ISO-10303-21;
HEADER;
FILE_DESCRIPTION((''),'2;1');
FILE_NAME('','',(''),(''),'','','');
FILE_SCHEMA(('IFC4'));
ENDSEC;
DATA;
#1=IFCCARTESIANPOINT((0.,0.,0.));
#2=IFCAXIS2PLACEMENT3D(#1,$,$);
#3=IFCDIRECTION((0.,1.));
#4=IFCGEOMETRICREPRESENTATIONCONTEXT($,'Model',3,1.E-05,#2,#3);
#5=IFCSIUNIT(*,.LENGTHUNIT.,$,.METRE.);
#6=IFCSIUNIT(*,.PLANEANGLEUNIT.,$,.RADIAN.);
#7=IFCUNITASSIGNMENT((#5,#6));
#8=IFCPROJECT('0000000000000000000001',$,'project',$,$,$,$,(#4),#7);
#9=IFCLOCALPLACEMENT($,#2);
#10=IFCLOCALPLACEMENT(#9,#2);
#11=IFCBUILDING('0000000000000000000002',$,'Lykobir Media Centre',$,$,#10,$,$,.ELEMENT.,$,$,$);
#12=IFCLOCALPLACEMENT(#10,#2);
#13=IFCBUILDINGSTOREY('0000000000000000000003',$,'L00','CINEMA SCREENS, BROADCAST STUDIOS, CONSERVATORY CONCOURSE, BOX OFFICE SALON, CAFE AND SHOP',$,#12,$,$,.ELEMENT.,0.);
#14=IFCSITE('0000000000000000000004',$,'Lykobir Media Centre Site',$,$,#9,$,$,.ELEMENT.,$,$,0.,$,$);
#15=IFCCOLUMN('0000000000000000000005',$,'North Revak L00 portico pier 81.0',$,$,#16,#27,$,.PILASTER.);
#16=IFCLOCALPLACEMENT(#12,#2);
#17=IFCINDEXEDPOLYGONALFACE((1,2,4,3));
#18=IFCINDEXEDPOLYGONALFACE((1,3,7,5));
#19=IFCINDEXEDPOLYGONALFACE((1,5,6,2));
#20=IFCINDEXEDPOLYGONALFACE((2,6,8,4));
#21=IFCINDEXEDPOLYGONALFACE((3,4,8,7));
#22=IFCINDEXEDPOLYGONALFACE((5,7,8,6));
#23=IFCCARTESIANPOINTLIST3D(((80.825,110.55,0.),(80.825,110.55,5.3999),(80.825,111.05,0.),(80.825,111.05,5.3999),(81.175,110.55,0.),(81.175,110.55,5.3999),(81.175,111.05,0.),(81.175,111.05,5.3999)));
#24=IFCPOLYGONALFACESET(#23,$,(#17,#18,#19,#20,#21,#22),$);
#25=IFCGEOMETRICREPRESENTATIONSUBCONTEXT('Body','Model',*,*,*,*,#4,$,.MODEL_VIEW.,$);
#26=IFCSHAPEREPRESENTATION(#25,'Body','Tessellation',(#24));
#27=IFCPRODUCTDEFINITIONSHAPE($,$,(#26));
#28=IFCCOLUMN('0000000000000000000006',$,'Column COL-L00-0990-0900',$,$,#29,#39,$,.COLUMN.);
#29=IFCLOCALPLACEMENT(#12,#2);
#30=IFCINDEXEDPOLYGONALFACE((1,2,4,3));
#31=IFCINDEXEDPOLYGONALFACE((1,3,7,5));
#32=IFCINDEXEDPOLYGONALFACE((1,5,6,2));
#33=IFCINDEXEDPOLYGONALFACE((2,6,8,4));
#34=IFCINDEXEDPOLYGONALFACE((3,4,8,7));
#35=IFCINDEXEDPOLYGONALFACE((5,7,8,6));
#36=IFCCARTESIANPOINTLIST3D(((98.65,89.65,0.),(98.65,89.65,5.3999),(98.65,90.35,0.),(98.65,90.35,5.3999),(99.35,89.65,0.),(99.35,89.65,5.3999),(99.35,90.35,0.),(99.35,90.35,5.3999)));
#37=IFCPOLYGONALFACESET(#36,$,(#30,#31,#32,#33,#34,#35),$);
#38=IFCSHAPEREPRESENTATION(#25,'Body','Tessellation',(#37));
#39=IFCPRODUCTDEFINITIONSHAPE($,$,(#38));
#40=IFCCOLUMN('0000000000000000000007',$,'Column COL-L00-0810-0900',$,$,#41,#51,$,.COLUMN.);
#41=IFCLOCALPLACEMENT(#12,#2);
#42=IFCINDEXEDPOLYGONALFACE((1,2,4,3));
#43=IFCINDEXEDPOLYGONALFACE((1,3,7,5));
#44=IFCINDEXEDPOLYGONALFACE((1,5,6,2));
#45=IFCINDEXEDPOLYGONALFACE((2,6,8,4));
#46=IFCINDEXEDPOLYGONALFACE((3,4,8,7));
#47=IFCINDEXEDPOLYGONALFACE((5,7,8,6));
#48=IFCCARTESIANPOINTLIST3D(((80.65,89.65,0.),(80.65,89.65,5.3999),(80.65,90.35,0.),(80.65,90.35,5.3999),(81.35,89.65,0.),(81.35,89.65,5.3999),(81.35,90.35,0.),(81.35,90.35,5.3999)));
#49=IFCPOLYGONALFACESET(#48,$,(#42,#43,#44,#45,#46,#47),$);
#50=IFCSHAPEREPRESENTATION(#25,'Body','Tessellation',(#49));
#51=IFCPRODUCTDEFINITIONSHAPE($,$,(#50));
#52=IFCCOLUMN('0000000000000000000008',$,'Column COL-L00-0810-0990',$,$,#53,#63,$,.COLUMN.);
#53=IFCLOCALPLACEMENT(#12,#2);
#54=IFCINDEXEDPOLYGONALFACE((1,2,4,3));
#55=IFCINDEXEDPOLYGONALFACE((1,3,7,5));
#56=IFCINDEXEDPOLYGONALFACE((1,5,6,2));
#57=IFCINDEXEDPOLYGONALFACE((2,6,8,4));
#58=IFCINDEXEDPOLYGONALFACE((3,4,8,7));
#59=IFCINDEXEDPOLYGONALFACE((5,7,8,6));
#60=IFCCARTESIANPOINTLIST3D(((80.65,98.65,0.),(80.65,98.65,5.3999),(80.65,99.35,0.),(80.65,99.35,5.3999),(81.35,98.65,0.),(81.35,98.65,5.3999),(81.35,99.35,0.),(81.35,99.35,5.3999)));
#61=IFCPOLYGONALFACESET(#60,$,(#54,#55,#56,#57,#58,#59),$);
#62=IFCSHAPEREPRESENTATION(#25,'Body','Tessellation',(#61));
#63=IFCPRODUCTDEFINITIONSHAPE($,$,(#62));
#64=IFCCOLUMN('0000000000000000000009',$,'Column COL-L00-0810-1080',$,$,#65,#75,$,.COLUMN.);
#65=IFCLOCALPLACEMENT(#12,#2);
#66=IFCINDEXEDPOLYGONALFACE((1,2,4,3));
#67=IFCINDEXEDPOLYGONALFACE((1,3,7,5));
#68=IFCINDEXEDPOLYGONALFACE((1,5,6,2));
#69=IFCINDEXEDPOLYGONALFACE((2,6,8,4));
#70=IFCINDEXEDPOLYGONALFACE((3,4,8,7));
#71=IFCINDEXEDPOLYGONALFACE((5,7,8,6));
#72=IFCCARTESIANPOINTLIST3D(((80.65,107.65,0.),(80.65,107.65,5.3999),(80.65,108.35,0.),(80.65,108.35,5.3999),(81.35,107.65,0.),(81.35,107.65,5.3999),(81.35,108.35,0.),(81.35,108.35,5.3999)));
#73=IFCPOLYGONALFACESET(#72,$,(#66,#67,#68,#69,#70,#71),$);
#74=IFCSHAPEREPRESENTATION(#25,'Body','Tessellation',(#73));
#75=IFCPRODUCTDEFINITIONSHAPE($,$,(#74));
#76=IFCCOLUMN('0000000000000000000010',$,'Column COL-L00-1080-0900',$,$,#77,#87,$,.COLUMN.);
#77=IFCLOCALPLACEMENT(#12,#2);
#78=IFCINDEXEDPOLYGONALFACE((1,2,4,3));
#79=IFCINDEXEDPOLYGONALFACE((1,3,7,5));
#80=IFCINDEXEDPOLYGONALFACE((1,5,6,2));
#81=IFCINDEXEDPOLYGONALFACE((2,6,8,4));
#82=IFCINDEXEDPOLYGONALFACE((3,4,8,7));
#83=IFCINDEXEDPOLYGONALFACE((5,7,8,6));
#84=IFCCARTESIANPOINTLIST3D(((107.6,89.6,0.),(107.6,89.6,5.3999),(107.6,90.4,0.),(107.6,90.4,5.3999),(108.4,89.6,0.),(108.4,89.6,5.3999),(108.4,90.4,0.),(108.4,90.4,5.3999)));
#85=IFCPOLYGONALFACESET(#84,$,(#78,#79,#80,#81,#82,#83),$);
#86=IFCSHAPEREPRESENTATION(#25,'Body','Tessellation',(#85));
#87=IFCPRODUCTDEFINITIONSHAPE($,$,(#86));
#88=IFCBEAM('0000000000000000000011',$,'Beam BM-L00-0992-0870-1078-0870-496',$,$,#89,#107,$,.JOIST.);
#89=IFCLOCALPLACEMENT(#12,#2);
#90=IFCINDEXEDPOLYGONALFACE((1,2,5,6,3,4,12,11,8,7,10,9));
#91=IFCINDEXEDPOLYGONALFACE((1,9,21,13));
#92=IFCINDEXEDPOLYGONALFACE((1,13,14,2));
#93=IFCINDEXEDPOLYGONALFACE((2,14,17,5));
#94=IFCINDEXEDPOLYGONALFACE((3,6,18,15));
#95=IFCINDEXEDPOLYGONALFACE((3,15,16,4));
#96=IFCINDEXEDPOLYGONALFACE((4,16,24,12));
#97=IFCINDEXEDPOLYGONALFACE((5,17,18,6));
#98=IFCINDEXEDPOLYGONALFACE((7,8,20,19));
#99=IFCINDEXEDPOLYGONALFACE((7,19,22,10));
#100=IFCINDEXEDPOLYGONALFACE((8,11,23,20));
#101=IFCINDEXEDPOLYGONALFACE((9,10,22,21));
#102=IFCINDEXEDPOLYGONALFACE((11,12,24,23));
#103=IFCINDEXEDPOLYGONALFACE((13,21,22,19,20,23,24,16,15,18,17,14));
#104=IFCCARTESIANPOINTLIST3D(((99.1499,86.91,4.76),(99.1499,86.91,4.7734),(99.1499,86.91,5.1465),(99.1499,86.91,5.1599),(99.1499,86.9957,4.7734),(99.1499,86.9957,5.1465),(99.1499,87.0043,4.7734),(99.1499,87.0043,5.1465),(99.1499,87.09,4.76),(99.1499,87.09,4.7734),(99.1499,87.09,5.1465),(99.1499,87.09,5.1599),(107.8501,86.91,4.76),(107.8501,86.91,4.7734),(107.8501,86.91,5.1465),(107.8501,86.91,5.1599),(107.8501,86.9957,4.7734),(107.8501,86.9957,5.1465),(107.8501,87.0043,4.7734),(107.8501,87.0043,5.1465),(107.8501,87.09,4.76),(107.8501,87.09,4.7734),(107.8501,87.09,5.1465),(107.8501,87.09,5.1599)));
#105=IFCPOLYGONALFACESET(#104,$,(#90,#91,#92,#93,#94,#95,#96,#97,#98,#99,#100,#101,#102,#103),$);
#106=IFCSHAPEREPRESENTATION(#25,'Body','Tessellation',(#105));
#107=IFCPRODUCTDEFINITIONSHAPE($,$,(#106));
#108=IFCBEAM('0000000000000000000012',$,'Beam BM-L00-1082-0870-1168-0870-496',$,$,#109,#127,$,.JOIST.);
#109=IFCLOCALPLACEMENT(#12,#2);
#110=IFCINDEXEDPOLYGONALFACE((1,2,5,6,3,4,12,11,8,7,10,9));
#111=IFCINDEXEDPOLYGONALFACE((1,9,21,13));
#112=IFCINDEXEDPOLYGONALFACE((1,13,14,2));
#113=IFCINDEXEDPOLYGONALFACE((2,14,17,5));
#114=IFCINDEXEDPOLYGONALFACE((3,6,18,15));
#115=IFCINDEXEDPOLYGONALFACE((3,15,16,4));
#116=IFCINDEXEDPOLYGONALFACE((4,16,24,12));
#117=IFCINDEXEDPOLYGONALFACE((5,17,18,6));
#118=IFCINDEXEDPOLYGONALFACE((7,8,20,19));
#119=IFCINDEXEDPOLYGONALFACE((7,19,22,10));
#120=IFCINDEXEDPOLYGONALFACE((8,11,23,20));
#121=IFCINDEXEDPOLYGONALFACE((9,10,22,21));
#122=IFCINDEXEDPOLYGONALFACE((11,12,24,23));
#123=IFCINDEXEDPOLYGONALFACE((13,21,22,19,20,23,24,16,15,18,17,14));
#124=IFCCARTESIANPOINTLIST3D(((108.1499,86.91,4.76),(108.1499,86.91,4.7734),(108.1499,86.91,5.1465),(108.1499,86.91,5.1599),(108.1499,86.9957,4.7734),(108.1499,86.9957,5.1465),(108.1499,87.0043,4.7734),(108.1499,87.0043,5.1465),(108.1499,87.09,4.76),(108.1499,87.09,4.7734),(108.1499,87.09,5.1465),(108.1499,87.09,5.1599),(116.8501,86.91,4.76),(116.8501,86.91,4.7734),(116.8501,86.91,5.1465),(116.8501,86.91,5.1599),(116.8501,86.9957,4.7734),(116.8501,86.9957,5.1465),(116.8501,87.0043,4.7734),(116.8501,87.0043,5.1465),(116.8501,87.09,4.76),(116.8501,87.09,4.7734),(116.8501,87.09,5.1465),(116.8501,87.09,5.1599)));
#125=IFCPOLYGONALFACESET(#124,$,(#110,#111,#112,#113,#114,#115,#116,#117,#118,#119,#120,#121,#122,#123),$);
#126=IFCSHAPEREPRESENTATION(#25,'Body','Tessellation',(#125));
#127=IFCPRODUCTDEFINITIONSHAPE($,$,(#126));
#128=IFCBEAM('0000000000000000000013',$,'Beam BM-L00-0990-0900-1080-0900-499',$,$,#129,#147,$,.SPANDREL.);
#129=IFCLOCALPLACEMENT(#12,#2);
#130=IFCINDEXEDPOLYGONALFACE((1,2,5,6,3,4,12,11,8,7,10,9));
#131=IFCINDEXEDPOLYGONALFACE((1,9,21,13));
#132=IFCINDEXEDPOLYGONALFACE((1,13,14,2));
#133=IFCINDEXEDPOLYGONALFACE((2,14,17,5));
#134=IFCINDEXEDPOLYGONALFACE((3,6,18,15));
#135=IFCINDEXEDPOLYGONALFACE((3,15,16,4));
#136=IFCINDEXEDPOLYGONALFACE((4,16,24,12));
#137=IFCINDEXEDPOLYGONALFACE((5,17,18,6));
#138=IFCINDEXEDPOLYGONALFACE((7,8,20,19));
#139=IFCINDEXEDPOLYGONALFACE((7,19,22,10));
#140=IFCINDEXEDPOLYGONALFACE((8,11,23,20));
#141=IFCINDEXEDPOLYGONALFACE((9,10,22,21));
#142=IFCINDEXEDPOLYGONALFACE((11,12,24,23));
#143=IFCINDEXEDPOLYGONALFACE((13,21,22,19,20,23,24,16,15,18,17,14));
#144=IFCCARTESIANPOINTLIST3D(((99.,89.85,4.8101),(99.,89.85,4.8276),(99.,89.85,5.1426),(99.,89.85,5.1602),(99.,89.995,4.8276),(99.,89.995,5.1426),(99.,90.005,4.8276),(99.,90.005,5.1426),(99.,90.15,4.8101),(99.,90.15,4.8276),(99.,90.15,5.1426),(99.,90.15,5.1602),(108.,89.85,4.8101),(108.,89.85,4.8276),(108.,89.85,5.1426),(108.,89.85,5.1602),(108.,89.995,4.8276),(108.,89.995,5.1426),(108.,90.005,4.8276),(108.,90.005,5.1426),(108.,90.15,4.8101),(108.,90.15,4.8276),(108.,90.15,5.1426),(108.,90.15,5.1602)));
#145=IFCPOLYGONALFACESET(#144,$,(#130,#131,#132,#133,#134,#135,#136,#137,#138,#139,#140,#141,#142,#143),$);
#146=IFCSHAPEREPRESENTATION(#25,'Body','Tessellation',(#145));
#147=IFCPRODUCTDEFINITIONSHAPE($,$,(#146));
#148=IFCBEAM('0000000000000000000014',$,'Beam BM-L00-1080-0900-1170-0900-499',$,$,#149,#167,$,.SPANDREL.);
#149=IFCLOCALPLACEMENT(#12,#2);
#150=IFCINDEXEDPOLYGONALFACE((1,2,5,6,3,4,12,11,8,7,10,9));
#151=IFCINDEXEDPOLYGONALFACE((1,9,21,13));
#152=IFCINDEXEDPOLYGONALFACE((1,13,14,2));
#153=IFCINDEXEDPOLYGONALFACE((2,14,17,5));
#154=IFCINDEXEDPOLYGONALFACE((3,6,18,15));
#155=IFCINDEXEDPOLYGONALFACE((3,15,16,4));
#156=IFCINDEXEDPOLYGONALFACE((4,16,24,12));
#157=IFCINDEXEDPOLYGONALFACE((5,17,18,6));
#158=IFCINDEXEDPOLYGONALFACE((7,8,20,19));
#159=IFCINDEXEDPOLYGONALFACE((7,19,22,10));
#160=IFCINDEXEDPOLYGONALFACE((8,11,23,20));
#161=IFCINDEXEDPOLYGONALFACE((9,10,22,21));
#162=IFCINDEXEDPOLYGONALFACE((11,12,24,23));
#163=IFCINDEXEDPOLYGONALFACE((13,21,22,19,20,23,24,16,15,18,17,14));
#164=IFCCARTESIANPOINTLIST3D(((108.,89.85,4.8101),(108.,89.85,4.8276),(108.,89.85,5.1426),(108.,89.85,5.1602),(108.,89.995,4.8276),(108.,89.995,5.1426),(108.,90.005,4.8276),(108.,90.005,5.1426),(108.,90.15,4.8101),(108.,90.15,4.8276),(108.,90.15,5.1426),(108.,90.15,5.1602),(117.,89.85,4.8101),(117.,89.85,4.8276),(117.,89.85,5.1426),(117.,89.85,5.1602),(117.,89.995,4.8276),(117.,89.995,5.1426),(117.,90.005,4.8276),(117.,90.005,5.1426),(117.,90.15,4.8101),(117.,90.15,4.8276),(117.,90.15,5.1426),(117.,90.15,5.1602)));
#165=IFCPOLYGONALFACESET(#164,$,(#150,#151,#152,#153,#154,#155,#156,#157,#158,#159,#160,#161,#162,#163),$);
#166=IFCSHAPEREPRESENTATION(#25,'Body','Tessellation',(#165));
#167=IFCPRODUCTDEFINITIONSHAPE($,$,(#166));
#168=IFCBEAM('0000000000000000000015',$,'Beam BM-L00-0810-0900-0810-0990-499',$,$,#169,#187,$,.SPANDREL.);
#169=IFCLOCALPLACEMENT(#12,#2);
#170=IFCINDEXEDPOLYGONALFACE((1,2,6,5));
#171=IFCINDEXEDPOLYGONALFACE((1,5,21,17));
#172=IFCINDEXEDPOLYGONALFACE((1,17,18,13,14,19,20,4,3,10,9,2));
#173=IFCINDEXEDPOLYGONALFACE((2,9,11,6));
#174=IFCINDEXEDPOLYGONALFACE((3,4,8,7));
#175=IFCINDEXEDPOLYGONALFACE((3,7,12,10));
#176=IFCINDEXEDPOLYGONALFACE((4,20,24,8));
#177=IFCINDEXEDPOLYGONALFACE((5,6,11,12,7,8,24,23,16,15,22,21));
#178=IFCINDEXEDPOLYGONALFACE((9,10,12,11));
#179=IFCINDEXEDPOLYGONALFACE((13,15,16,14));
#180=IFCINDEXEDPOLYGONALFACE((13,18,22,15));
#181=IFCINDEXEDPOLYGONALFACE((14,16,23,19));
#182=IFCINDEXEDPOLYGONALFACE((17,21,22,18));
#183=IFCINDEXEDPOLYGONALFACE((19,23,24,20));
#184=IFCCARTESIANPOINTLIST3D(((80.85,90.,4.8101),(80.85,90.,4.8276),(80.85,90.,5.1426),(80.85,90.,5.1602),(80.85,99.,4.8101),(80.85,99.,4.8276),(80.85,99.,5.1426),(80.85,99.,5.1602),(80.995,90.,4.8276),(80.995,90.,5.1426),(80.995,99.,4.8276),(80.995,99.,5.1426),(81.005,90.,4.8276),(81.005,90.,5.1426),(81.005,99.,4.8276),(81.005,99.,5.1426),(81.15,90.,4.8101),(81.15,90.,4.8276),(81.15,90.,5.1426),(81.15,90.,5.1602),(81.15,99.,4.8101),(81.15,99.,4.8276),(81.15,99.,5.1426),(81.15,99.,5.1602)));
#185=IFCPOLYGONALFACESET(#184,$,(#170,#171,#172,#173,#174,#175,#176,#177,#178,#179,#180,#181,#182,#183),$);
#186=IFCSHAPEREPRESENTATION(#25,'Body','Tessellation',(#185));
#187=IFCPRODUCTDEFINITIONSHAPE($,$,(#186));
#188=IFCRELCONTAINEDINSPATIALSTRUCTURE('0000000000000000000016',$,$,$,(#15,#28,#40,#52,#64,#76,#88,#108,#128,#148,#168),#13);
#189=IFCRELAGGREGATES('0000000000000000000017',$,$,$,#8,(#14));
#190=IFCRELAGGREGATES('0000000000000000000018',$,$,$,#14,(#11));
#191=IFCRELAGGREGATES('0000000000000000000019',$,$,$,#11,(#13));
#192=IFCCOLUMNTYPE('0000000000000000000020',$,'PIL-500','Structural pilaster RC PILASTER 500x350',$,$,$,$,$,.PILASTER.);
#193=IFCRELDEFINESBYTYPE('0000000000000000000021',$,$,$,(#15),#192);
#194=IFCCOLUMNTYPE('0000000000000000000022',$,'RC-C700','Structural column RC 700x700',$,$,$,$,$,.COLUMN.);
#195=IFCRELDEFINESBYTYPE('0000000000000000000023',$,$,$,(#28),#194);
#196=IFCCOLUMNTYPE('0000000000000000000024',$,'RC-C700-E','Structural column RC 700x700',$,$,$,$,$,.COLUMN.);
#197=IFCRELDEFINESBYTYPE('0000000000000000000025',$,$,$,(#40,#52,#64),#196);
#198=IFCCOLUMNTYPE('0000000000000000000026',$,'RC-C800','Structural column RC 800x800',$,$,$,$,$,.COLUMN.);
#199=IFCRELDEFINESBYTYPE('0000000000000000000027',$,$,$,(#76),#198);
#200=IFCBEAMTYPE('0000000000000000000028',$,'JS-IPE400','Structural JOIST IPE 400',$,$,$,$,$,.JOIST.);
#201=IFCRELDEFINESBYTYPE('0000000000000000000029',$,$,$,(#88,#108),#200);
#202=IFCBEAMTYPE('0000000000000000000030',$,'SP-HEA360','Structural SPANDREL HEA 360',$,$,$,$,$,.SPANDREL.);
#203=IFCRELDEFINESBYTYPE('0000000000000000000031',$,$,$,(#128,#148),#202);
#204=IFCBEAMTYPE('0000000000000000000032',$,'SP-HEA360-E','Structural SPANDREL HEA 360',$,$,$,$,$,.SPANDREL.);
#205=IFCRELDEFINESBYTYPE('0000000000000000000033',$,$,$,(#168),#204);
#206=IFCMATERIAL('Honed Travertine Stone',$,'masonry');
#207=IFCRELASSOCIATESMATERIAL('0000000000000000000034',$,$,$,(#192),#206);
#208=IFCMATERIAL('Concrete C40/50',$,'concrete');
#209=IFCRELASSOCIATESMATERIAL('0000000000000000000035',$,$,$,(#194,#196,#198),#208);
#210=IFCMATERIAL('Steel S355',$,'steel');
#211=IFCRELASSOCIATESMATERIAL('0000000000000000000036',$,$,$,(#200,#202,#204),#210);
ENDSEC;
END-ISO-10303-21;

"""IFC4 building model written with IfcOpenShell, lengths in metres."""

from ifc_helpers import new_model, si_unit, direction, frame, origin, origin_2d, place, context, subcontext, project, spatial, rectangle, i_section, extrude, material, material_profile, profile_set, type_object, element, save


model = new_model("IFC4")

# Units and contexts
model_context = context("Model", 3, precision=1e-05, world=origin(), true_north=direction((0.0, 1.0)))
body_context = subcontext(model_context, "Body", "Model", "MODEL_VIEW")
ifc_project = project(units=[si_unit("LENGTHUNIT", "METRE"), si_unit("PLANEANGLEUNIT", "RADIAN")], contexts=[model_context])

# Site, building, storey
site_placement = place(None, origin())
site = spatial("IfcSite", under=ifc_project, at=site_placement, Name="Lykobir Media Centre Site", CompositionType="ELEMENT", RefElevation=0.0)
building_placement = place(site_placement, origin())
building = spatial("IfcBuilding", under=site, at=building_placement, Name="Lykobir Media Centre", CompositionType="ELEMENT")
storey_placement = place(building_placement, origin())
storey = spatial("IfcBuildingStorey", under=building, at=storey_placement, Name="L00", Description="CINEMA SCREENS, BROADCAST STUDIOS, CONSERVATORY CONCOURSE, BOX OFFICE SALON, CAFE AND SHOP", CompositionType="ELEMENT", Elevation=0.0)

# Columns
ifc_material_1 = material(Name="Honed Travertine Stone", Category="masonry")
ifc_material_profile_1 = material_profile(ifc_material_1, rectangle(XDim=0.3501, YDim=0.5, at=origin_2d()), Name="RC PILASTER 500x350")
ifc_profile_set_1 = profile_set([ifc_material_profile_1], Name="Honed Travertine Stone")
column_type_1 = type_object("IfcColumnType", Name="PIL-500", Description="Structural pilaster RC PILASTER 500x350", PredefinedType="PILASTER", material=ifc_profile_set_1)
column_1_placement = place(storey_placement, frame((81.0, 110.8, 0.0), z_axis=(0.0, 0.0, 1.0), x_axis=(1.0, 0.0, 0.0)))
element("IfcColumn", 1, at=column_1_placement, inside=storey, type_object=column_type_1, Name="North Revak L00 portico pier 81.0", PredefinedType="PILASTER", context=body_context, shape_type="SweptSolid", body=[
    extrude(rectangle(XDim=0.3501, YDim=0.5, at=origin_2d()), origin(), (0.0, 0.0, 1.0), 5.3999),
])
ifc_material_2 = material(Name="Concrete C40/50", Category="concrete")
ifc_material_profile_2 = material_profile(ifc_material_2, rectangle(XDim=0.7, YDim=0.7, at=origin_2d()), Name="RC 700x700")
ifc_profile_set_2 = profile_set([ifc_material_profile_2], Name="Concrete C40/50")
column_type_2 = type_object("IfcColumnType", Name="RC-C700", Description="Structural column RC 700x700", PredefinedType="COLUMN", material=ifc_profile_set_2)
column_2_placement = place(storey_placement, frame((99.0, 90.0, 0.0), z_axis=(0.0, 0.0, 1.0), x_axis=(1.0, 0.0, 0.0)))
element("IfcColumn", 2, at=column_2_placement, inside=storey, type_object=column_type_2, Name="Column COL-L00-0990-0900", PredefinedType="COLUMN", context=body_context, shape_type="SweptSolid", body=[
    extrude(rectangle(XDim=0.7, YDim=0.7, at=origin_2d()), origin(), (0.0, 0.0, 1.0), 5.3999),
])
ifc_material_profile_3 = material_profile(ifc_material_2, rectangle(XDim=0.7, YDim=0.7, at=origin_2d()), Name="RC 700x700")
ifc_profile_set_3 = profile_set([ifc_material_profile_3], Name="Concrete C40/50")
column_type_3 = type_object("IfcColumnType", Name="RC-C700-E", Description="Structural column RC 700x700", PredefinedType="COLUMN", material=ifc_profile_set_3)
for number, where, z_axis, x_axis, name in (
    (3, (81.0, 90.0, 0.0), (0.0, 0.0, 1.0), (1.0, 0.0, 0.0), "Column COL-L00-0810-0900"),
    (4, (81.0, 99.0, 0.0), (0.0, 0.0, 1.0), (1.0, 0.0, 0.0), "Column COL-L00-0810-0990"),
    (5, (81.0, 108.0, 0.0), (0.0, 0.0, 1.0), (1.0, 0.0, 0.0), "Column COL-L00-0810-1080"),
):
    element("IfcColumn", number, at=place(storey_placement, frame(where, z_axis=z_axis, x_axis=x_axis)), inside=storey, type_object=column_type_3, Name=name, PredefinedType="COLUMN", context=body_context, shape_type="SweptSolid", body=[
        extrude(rectangle(XDim=0.7, YDim=0.7, at=origin_2d()), origin(), (0.0, 0.0, 1.0), 5.3999),
    ])
ifc_material_profile_4 = material_profile(ifc_material_2, rectangle(XDim=0.8, YDim=0.8, at=origin_2d()), Name="RC 800x800")
ifc_profile_set_4 = profile_set([ifc_material_profile_4], Name="Concrete C40/50")
column_type_4 = type_object("IfcColumnType", Name="RC-C800", Description="Structural column RC 800x800", PredefinedType="COLUMN", material=ifc_profile_set_4)
column_3_placement = place(storey_placement, frame((108.0, 90.0, 0.0), z_axis=(0.0, 0.0, 1.0), x_axis=(1.0, 0.0, 0.0)))
element("IfcColumn", 6, at=column_3_placement, inside=storey, type_object=column_type_4, Name="Column COL-L00-1080-0900", PredefinedType="COLUMN", context=body_context, shape_type="SweptSolid", body=[
    extrude(rectangle(XDim=0.8, YDim=0.8, at=origin_2d()), origin(), (0.0, 0.0, 1.0), 5.3999),
])

# Beams
ifc_material_3 = material(Name="Steel S355", Category="steel")
ifc_material_profile_5 = material_profile(ifc_material_3, i_section(OverallWidth=0.1799, OverallDepth=0.3999, WebThickness=0.0085, FlangeThickness=0.0134, at=origin_2d()), Name="IPE 400")
ifc_profile_set_5 = profile_set([ifc_material_profile_5], Name="Steel S355")
beam_type_1 = type_object("IfcBeamType", Name="JS-IPE400", Description="Structural JOIST IPE 400", PredefinedType="JOIST", material=ifc_profile_set_5)
for number, where, z_axis, x_axis, name in (
    (7, (99.1499, 87.0, 4.96), (1.0, 0.0, 0.0), (0.0, 1.0, 0.0), "Beam BM-L00-0992-0870-1078-0870-496"),
    (8, (108.1499, 87.0, 4.96), (1.0, 0.0, 0.0), (0.0, 1.0, 0.0), "Beam BM-L00-1082-0870-1168-0870-496"),
):
    element("IfcBeam", number, at=place(storey_placement, frame(where, z_axis=z_axis, x_axis=x_axis)), inside=storey, type_object=beam_type_1, Name=name, PredefinedType="JOIST", context=body_context, shape_type="SweptSolid", body=[
        extrude(i_section(OverallWidth=0.1799, OverallDepth=0.3999, WebThickness=0.0085, FlangeThickness=0.0134, at=origin_2d()), origin(), (0.0, 0.0, 1.0), 8.7002),
    ])
ifc_material_profile_6 = material_profile(ifc_material_3, i_section(OverallWidth=0.3, OverallDepth=0.3501, WebThickness=0.01, FlangeThickness=0.0176, at=origin_2d()), Name="HEA 360")
ifc_profile_set_6 = profile_set([ifc_material_profile_6], Name="Steel S355")
beam_type_2 = type_object("IfcBeamType", Name="SP-HEA360", Description="Structural SPANDREL HEA 360", PredefinedType="SPANDREL", material=ifc_profile_set_6)
for number, where, z_axis, x_axis, name in (
    (9, (99.0, 90.0, 4.9851), (1.0, 0.0, 0.0), (0.0, 1.0, 0.0), "Beam BM-L00-0990-0900-1080-0900-499"),
    (10, (108.0, 90.0, 4.9851), (1.0, 0.0, 0.0), (0.0, 1.0, 0.0), "Beam BM-L00-1080-0900-1170-0900-499"),
):
    element("IfcBeam", number, at=place(storey_placement, frame(where, z_axis=z_axis, x_axis=x_axis)), inside=storey, type_object=beam_type_2, Name=name, PredefinedType="SPANDREL", context=body_context, shape_type="SweptSolid", body=[
        extrude(i_section(OverallWidth=0.3, OverallDepth=0.3501, WebThickness=0.01, FlangeThickness=0.0176, at=origin_2d()), origin(), (0.0, 0.0, 1.0), 9.0),
    ])
ifc_material_profile_7 = material_profile(ifc_material_3, i_section(OverallWidth=0.3, OverallDepth=0.3501, WebThickness=0.01, FlangeThickness=0.0176, at=origin_2d()), Name="HEA 360")
ifc_profile_set_7 = profile_set([ifc_material_profile_7], Name="Steel S355")
beam_type_3 = type_object("IfcBeamType", Name="SP-HEA360-E", Description="Structural SPANDREL HEA 360", PredefinedType="SPANDREL", material=ifc_profile_set_7)
for number, where, z_axis, x_axis, name in (
    (11, (81.0, 90.0, 4.9851), (0.0, 1.0, 0.0), (-1.0, 0.0, 0.0), "Beam BM-L00-0810-0900-0810-0990-499"),
):
    element("IfcBeam", number, at=place(storey_placement, frame(where, z_axis=z_axis, x_axis=x_axis)), inside=storey, type_object=beam_type_3, Name=name, PredefinedType="SPANDREL", context=body_context, shape_type="SweptSolid", body=[
        extrude(i_section(OverallWidth=0.3, OverallDepth=0.3501, WebThickness=0.01, FlangeThickness=0.0176, at=origin_2d()), origin(), (0.0, 0.0, 1.0), 9.0),
    ])

save(model, "model.ifc")
